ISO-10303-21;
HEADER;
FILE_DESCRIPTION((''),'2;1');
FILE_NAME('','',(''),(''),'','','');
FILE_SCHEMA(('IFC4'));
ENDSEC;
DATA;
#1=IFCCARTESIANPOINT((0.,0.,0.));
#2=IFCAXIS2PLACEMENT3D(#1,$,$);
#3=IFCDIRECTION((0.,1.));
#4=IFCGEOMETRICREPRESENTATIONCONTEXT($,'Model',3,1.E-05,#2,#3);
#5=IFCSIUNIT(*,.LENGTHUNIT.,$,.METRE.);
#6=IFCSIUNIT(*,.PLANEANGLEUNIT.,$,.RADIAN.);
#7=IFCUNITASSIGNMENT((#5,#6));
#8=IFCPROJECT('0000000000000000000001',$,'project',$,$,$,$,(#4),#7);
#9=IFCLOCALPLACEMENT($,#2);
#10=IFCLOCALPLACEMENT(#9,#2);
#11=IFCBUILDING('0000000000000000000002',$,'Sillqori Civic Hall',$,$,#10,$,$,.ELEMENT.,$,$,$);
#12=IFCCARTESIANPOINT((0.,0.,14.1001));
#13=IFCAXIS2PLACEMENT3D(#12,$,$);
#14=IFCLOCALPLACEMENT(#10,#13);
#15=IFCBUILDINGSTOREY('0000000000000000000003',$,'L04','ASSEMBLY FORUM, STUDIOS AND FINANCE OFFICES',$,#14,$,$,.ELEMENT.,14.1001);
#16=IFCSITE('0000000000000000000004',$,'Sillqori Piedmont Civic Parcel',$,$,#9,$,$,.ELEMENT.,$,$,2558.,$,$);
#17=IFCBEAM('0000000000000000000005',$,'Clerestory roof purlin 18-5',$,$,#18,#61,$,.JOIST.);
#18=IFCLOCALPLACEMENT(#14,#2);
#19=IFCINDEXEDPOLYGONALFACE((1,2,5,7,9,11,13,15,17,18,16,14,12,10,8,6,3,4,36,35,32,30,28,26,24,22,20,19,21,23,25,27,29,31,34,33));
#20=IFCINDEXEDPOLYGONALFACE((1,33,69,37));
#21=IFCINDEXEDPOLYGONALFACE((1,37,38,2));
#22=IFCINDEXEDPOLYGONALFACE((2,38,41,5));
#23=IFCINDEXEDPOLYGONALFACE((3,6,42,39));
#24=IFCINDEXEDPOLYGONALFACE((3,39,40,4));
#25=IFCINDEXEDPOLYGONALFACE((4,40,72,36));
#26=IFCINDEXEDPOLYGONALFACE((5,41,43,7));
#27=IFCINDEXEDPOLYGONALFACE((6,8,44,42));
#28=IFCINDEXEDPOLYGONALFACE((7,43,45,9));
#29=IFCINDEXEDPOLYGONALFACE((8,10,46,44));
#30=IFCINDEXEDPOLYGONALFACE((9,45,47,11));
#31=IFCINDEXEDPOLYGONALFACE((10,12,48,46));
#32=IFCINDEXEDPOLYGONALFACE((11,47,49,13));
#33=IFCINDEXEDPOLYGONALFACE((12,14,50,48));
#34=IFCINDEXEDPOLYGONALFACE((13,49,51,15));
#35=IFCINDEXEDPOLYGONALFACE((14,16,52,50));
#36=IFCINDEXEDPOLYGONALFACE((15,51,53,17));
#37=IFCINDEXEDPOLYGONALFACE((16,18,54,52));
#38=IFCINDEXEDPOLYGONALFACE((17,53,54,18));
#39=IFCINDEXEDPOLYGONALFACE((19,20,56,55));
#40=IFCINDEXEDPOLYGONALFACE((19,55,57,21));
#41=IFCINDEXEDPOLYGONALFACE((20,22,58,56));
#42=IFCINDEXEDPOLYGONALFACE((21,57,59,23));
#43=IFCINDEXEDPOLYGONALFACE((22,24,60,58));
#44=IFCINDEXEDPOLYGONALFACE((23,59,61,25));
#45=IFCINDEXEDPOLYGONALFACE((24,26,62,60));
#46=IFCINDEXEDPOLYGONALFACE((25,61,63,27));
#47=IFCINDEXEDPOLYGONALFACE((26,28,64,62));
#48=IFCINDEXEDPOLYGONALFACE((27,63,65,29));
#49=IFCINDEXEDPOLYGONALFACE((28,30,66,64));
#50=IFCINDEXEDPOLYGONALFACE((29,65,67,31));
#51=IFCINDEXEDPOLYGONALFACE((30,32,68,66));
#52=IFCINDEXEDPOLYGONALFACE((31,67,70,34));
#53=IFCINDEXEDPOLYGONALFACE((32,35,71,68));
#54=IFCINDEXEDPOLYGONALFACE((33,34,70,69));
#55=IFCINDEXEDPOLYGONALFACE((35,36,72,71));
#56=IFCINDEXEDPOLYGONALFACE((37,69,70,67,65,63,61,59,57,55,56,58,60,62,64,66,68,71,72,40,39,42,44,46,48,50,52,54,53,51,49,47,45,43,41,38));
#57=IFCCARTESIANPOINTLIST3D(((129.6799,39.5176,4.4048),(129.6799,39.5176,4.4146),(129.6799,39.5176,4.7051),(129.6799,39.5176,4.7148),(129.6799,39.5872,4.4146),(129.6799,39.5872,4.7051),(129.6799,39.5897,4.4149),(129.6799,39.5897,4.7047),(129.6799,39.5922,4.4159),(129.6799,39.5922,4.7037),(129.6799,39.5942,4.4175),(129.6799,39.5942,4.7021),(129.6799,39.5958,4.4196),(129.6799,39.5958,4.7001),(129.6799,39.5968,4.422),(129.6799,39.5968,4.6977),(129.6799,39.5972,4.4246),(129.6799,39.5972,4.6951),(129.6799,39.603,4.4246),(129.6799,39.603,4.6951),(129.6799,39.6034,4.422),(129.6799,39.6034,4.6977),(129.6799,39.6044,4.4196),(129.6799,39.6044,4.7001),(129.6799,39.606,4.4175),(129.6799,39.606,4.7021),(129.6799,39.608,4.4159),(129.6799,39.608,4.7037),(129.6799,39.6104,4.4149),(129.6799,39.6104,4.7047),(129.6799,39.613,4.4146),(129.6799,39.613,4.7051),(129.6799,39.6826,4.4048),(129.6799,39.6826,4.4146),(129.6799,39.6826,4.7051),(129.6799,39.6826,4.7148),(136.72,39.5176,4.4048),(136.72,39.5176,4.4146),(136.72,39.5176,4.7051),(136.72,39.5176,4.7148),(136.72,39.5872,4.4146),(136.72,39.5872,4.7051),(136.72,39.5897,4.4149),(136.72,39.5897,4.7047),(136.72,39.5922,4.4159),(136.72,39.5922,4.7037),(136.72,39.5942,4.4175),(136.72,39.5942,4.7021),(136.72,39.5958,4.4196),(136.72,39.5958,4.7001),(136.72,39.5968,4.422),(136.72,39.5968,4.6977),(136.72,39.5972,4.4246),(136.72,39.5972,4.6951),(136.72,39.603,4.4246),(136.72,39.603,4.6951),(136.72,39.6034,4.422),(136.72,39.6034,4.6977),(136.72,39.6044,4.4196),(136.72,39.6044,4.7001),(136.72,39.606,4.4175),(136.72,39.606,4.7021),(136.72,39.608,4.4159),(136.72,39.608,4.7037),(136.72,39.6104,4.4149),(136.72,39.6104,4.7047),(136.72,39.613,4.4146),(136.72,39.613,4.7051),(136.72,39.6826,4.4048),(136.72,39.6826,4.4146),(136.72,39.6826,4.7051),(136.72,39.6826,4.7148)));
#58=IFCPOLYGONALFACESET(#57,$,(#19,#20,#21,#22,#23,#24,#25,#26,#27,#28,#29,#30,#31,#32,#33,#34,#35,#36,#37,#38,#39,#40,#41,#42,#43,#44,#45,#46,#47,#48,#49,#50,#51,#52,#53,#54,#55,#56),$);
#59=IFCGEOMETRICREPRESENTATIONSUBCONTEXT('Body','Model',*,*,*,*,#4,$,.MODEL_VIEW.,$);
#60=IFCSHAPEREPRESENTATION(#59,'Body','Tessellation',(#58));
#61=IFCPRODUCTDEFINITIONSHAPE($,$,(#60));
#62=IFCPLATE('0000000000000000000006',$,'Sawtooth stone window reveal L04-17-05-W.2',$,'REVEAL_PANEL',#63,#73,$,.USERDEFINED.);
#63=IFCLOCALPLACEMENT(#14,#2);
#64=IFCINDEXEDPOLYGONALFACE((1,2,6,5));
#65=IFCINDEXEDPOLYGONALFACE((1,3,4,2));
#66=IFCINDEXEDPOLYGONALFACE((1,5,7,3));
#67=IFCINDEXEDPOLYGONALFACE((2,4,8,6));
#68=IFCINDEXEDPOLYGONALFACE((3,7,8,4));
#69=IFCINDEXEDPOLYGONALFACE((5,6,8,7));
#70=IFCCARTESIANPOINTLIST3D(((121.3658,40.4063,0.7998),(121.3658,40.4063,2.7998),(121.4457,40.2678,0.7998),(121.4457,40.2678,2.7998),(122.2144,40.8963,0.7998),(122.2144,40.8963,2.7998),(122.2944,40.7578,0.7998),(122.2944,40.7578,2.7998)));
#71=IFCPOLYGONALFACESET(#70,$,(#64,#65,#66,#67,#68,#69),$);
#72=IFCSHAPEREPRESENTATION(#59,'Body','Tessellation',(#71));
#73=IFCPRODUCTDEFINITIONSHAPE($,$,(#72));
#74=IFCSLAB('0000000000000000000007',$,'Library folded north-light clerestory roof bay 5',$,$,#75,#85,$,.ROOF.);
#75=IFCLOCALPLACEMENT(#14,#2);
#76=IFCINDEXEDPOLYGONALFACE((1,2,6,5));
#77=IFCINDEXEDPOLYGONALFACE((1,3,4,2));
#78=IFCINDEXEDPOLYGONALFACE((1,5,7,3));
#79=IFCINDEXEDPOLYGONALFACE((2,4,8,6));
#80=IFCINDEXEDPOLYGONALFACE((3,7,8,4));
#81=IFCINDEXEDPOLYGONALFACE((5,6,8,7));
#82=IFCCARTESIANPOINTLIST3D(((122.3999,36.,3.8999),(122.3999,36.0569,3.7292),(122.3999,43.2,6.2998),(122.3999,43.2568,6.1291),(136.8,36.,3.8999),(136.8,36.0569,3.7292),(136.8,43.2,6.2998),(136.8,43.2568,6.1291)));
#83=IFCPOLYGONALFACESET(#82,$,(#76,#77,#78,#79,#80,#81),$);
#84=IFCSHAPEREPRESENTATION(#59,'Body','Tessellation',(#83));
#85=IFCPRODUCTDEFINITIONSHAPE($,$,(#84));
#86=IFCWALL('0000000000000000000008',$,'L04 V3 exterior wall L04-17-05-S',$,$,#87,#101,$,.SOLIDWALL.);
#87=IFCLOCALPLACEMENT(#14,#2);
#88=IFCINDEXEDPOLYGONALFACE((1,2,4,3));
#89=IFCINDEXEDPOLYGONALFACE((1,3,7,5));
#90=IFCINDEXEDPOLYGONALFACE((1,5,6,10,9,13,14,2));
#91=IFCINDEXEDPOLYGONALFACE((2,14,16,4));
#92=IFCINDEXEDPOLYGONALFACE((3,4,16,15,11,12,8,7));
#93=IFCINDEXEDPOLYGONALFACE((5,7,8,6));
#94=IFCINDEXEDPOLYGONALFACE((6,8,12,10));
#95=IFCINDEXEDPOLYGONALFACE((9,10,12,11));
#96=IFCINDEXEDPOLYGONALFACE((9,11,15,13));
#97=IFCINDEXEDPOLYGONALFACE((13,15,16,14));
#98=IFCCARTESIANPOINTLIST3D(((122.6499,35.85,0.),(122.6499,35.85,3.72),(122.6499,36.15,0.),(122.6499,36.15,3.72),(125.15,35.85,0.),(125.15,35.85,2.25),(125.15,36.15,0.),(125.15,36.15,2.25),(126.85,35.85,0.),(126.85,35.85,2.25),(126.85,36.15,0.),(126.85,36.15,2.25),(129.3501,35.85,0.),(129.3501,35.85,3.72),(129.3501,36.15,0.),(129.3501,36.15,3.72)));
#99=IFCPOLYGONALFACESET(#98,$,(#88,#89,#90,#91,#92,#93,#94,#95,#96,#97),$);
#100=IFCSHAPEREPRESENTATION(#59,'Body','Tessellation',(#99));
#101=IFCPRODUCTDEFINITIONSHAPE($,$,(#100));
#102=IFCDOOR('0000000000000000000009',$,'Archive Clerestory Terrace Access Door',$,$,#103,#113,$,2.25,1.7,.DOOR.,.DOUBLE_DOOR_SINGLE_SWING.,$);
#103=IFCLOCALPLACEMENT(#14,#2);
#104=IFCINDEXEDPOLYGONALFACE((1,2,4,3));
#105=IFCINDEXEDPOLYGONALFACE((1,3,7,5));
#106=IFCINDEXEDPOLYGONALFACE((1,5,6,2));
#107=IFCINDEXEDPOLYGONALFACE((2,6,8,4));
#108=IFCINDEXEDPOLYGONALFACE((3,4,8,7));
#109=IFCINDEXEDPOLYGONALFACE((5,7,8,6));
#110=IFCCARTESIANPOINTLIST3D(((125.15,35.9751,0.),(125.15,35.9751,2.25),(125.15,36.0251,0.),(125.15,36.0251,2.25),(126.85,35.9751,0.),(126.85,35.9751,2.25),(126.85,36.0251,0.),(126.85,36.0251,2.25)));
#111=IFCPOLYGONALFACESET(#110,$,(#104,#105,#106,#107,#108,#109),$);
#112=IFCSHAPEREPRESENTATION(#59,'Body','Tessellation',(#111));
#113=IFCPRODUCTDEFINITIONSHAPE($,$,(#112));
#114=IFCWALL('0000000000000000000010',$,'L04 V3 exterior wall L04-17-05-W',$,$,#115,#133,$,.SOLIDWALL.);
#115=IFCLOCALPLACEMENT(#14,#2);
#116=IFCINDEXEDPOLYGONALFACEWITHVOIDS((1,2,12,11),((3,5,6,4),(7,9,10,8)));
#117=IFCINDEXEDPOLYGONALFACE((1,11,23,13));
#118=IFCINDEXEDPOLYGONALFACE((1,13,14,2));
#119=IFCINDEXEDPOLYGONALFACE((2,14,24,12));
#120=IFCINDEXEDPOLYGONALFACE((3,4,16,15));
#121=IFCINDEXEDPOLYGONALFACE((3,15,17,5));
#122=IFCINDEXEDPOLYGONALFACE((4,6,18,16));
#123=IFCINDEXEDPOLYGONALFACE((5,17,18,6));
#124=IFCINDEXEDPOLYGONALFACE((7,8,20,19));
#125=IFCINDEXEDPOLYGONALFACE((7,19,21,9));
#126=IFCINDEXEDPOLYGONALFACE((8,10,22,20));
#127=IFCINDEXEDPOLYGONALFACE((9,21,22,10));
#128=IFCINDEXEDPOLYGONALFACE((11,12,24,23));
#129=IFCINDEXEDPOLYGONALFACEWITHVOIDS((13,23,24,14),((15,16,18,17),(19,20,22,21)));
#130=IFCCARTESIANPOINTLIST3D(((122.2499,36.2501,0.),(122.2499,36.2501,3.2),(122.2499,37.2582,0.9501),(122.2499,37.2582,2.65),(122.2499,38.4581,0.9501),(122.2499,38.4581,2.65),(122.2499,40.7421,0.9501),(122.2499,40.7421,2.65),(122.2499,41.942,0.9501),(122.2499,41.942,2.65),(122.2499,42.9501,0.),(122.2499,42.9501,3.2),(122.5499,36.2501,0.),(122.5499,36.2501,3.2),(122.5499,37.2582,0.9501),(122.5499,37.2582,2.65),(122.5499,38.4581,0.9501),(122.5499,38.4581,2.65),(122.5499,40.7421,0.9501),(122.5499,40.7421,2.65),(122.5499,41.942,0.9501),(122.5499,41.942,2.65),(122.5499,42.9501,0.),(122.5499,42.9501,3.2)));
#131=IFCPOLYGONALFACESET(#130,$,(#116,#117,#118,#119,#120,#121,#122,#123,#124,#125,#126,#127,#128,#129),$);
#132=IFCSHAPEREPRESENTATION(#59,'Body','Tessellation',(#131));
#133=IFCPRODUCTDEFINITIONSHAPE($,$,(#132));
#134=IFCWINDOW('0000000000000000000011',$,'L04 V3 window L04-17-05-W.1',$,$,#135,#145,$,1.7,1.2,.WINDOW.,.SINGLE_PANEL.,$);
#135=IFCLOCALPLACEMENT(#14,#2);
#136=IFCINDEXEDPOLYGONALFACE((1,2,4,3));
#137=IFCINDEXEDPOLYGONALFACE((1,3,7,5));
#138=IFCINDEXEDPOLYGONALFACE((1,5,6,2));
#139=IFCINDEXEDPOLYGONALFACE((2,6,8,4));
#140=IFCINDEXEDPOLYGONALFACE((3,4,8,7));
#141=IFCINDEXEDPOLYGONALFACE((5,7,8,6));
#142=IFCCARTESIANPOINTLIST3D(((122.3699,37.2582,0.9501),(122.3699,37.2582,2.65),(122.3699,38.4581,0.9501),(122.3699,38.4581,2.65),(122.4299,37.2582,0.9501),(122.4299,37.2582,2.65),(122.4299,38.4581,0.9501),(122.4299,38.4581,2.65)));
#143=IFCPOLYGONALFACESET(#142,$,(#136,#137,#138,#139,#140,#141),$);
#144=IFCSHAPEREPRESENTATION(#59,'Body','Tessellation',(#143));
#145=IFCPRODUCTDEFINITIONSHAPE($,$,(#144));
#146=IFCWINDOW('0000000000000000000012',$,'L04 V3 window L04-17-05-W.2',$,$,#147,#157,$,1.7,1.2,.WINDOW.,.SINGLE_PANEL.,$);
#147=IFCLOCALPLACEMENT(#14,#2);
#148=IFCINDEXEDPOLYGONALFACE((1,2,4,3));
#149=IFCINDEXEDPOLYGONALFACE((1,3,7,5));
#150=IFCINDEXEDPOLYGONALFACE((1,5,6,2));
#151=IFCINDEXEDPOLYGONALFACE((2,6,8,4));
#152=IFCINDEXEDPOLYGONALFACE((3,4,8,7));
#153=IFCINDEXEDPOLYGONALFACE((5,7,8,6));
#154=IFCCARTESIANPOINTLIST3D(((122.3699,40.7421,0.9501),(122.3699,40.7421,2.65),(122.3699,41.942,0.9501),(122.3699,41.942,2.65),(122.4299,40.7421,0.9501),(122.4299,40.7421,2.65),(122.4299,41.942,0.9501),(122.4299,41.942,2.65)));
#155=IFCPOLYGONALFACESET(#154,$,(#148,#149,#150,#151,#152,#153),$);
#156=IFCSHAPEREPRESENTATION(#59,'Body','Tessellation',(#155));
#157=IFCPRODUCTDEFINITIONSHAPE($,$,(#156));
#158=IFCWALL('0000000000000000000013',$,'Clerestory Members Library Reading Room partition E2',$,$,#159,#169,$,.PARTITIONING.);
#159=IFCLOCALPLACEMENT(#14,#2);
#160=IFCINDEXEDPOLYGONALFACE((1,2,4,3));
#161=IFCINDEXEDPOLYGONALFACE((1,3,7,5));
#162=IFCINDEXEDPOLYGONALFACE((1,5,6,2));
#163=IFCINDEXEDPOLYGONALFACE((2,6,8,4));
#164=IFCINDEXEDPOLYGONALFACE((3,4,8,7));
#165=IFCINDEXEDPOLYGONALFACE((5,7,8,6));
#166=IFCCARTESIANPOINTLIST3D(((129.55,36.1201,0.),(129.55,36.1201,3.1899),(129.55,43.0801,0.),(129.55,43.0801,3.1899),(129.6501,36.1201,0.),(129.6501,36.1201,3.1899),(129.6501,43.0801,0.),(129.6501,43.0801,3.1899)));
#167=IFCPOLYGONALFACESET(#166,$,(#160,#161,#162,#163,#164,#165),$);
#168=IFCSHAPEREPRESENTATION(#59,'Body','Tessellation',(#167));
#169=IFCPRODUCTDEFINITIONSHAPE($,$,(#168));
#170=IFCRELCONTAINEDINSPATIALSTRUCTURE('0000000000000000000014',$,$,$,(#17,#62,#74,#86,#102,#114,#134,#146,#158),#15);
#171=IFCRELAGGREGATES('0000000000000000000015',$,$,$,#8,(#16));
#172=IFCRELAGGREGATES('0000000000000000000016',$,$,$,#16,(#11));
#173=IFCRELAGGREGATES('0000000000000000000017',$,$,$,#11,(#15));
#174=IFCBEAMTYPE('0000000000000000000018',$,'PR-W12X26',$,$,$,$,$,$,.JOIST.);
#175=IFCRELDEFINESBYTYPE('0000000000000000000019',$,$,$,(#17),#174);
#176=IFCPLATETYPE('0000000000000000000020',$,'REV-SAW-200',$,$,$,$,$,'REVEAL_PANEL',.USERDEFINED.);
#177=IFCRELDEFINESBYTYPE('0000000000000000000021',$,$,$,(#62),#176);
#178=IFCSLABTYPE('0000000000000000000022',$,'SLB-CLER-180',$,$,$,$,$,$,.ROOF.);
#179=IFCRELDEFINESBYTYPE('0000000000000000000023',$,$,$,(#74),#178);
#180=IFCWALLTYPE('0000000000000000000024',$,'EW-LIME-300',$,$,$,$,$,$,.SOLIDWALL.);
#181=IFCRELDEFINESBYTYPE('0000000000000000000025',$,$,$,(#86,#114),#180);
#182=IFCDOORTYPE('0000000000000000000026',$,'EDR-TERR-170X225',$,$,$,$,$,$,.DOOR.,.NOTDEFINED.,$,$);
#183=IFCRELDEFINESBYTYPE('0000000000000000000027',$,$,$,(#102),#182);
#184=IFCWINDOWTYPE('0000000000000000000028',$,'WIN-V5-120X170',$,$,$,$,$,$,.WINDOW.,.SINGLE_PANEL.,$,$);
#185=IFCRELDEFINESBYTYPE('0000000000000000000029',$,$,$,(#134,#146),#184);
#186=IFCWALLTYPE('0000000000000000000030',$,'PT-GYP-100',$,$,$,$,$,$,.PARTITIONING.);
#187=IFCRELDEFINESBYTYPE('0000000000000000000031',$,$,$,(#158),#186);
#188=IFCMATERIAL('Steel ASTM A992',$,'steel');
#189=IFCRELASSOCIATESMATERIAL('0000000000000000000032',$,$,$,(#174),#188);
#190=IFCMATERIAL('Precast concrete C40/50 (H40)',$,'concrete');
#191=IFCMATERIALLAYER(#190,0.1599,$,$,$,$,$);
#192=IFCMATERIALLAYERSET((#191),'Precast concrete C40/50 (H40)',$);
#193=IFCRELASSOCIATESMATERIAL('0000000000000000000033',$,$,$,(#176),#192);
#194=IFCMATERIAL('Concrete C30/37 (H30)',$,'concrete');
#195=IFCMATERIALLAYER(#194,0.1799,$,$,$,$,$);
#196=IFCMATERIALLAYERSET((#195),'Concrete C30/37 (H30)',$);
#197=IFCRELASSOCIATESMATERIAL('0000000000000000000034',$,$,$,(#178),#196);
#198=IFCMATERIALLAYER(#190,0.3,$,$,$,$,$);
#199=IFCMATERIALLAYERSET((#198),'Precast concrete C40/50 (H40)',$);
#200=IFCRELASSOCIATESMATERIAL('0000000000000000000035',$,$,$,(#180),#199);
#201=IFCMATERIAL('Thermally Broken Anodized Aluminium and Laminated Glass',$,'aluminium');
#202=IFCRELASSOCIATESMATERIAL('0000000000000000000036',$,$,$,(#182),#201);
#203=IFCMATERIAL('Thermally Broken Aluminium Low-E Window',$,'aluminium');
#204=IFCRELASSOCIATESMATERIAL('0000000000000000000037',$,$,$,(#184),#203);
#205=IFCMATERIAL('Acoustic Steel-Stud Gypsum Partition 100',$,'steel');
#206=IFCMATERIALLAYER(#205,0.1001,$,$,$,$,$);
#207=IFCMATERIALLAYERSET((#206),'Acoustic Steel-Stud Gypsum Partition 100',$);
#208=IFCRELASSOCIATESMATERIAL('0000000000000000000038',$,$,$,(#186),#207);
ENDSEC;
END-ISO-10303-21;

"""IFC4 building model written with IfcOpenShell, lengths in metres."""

from ifc_helpers import new_model, si_unit, direction, frame, frame_2d, origin, origin_2d, place, context, subcontext, project, spatial, polyline, rectangle, i_section, outline, extrude, material, layer, layer_set, material_profile, profile_set, type_object, element, fill, save


model = new_model("IFC4")

# Units and contexts
model_context = context("Model", 3, precision=1e-05, world=origin(), true_north=direction((0.0, 1.0)))
body_context = subcontext(model_context, "Body", "Model", "MODEL_VIEW")
ifc_project = project(units=[si_unit("LENGTHUNIT", "METRE"), si_unit("PLANEANGLEUNIT", "RADIAN")], contexts=[model_context])

# Site, building, storey
site_placement = place(None, origin())
site = spatial("IfcSite", under=ifc_project, at=site_placement, Name="Sillqori Piedmont Civic Parcel", CompositionType="ELEMENT", RefElevation=2558.0)
building_placement = place(site_placement, origin())
building = spatial("IfcBuilding", under=site, at=building_placement, Name="Sillqori Civic Hall", CompositionType="ELEMENT")
storey_placement = place(building_placement, frame((0.0, 0.0, 14.1001)))
storey = spatial("IfcBuildingStorey", under=building, at=storey_placement, Name="L04", Description="ASSEMBLY FORUM, STUDIOS AND FINANCE OFFICES", CompositionType="ELEMENT", Elevation=14.1001)

# Beam
ifc_material_1 = material(Name="Steel ASTM A992", Category="steel")
ifc_material_profile_1 = material_profile(ifc_material_1, i_section(OverallWidth=0.165, OverallDepth=0.3101, WebThickness=0.0059, FlangeThickness=0.0098, FilletRadius=0.01, at=origin_2d()), Name="W12X26")
ifc_profile_set_1 = profile_set([ifc_material_profile_1], Name="Steel ASTM A992")
beam_type_1 = type_object("IfcBeamType", Name="PR-W12X26", PredefinedType="JOIST", material=ifc_profile_set_1)
for number, where, z_axis, x_axis, name in (
    (1, (129.6799, 39.6001, 4.5598), (1.0, 0.0, 0.0), (0.0, 1.0, 0.0), "Clerestory roof purlin 18-5"),
):
    element("IfcBeam", number, at=place(storey_placement, frame(where, z_axis=z_axis, x_axis=x_axis)), inside=storey, type_object=beam_type_1, Name=name, PredefinedType="JOIST", context=body_context, shape_type="SweptSolid", body=[
        extrude(i_section(OverallWidth=0.165, OverallDepth=0.3101, WebThickness=0.0059, FlangeThickness=0.0098, FilletRadius=0.01, at=origin_2d()), origin(), (0.0, 0.0, 1.0), 7.04),
    ])

# Plate
ifc_material_2 = material(Name="Precast concrete C40/50 (H40)", Category="concrete")
ifc_layer_1 = layer(ifc_material_2, 0.1599)
ifc_layer_set_1 = layer_set([ifc_layer_1], Name="Precast concrete C40/50 (H40)")
plate_type = type_object("IfcPlateType", Name="REV-SAW-200", ElementType="REVEAL_PANEL", PredefinedType="USERDEFINED", material=ifc_layer_set_1)
plate_placement = place(storey_placement, frame((121.8301, 40.582, 0.7998), z_axis=(0.0, 0.0, 1.0), x_axis=(-0.5, 0.866025, 0.0)))
element("IfcPlate", 2, at=plate_placement, inside=storey, type_object=plate_type, Name="Sawtooth stone window reveal L04-17-05-W.2", ObjectType="REVEAL_PANEL", PredefinedType="USERDEFINED", context=body_context, shape_type="SweptSolid", body=[
    extrude(rectangle(XDim=0.1599, YDim=0.98, at=origin_2d()), origin(), (0.0, 0.0, 1.0), 2.0),
])

# Slab
ifc_material_3 = material(Name="Concrete C30/37 (H30)", Category="concrete")
ifc_layer_2 = layer(ifc_material_3, 0.1799)
ifc_layer_set_2 = layer_set([ifc_layer_2], Name="Concrete C30/37 (H30)")
slab_type = type_object("IfcSlabType", Name="SLB-CLER-180", PredefinedType="ROOF", material=ifc_layer_set_2)
slab_placement = place(storey_placement, frame((122.3999, 36.0, 3.8999), z_axis=(0.0, -0.316218, 0.948687), x_axis=(1.0, 0.0, 0.0)))
element("IfcSlab", 3, at=slab_placement, inside=storey, type_object=slab_type, Name="Library folded north-light clerestory roof bay 5", PredefinedType="ROOF", context=body_context, shape_type="SweptSolid", body=[
    extrude(outline(polyline([(0.0, 0.0), (14.4001, 0.0), (14.4001, 7.5894), (0.0, 7.5894), (0.0, 0.0)])), origin(), (0.0, 0.0, -1.0), 0.1799),
])

# Wall, opening, door
ifc_layer_3 = layer(ifc_material_2, 0.3)
ifc_layer_set_3 = layer_set([ifc_layer_3], Name="Precast concrete C40/50 (H40)")
wall_type_1 = type_object("IfcWallType", Name="EW-LIME-300", PredefinedType="SOLIDWALL", material=ifc_layer_set_3)
wall_1_placement = place(storey_placement, frame((129.3501, 36.0, 0.0), z_axis=(0.0, 0.0, 1.0), x_axis=(-1.0, 0.0, 0.0)))
wall_1 = element("IfcWall", 4, at=wall_1_placement, inside=storey, type_object=wall_type_1, Name="L04 V3 exterior wall L04-17-05-S", PredefinedType="SOLIDWALL", context=body_context, shape_type="SweptSolid", body=[
    extrude(rectangle(XDim=6.7002, YDim=0.3, at=frame_2d((3.3501, 0.0))), origin(), (0.0, 0.0, 1.0), 3.72),
])
opening_1_placement = place(wall_1_placement, frame((2.5, 0.0, 0.0)))
opening_1 = element("IfcOpeningElement", 5, at=opening_1_placement, cuts=wall_1, PredefinedType="OPENING", context=body_context, shape_type="SweptSolid", body=[
    extrude(rectangle(XDim=1.7, YDim=2.25, at=frame_2d((0.8501, 1.125))), frame((0.0, 0.1599, 0.0), z_axis=(0.0, -1.0, 0.0), x_axis=(1.0, 0.0, 0.0)), (0.0, 0.0, 1.0), 0.3201),
])
ifc_material_4 = material(Name="Thermally Broken Anodized Aluminium and Laminated Glass", Category="aluminium")
door_type = type_object("IfcDoorType", Name="EDR-TERR-170X225", OperationType="NOTDEFINED", PredefinedType="DOOR", material=ifc_material_4)
door_placement = place(opening_1_placement, origin())
door = element("IfcDoor", 6, at=door_placement, inside=storey, type_object=door_type, Name="Archive Clerestory Terrace Access Door", OperationType="DOUBLE_DOOR_SINGLE_SWING", OverallHeight=2.25, OverallWidth=1.7, PredefinedType="DOOR", context=body_context, shape_type="SweptSolid", body=[
    extrude(rectangle(XDim=1.7, YDim=2.25, at=frame_2d((0.8501, 1.125))), frame((0.0, 0.0249, 0.0), z_axis=(0.0, -1.0, 0.0), x_axis=(1.0, 0.0, 0.0)), (0.0, 0.0, 1.0), 0.05),
])
fill(opening_1, door)

# Wall, openings, windows
wall_2_placement = place(storey_placement, frame((122.3999, 36.25, 0.0), z_axis=(0.0, 0.0, 1.0), x_axis=(0.0, 1.0, 0.0)))
wall_2 = element("IfcWall", 7, at=wall_2_placement, inside=storey, type_object=wall_type_1, Name="L04 V3 exterior wall L04-17-05-W", PredefinedType="SOLIDWALL", context=body_context, shape_type="SweptSolid", body=[
    extrude(rectangle(XDim=6.7, YDim=0.3, at=frame_2d((3.3501, 0.0))), origin(), (0.0, 0.0, 1.0), 3.2),
])
opening_2_placement = place(wall_2_placement, frame((1.0081, 0.0, 0.95)))
opening_2 = element("IfcOpeningElement", 8, at=opening_2_placement, cuts=wall_2, PredefinedType="OPENING", context=body_context, shape_type="SweptSolid", body=[
    extrude(rectangle(XDim=1.2, YDim=1.7, at=frame_2d((0.6001, 0.8501))), frame((0.0, 0.1599, 0.0), z_axis=(0.0, -1.0, 0.0), x_axis=(1.0, 0.0, 0.0)), (0.0, 0.0, 1.0), 0.3201),
])
opening_3_placement = place(wall_2_placement, frame((4.4919, 0.0, 0.95)))
opening_3 = element("IfcOpeningElement", 9, at=opening_3_placement, cuts=wall_2, PredefinedType="OPENING", context=body_context, shape_type="SweptSolid", body=[
    extrude(rectangle(XDim=1.2, YDim=1.7, at=frame_2d((0.6001, 0.8501))), frame((0.0, 0.1599, 0.0), z_axis=(0.0, -1.0, 0.0), x_axis=(1.0, 0.0, 0.0)), (0.0, 0.0, 1.0), 0.3201),
])
ifc_material_5 = material(Name="Thermally Broken Aluminium Low-E Window", Category="aluminium")
window_type = type_object("IfcWindowType", Name="WIN-V5-120X170", PartitioningType="SINGLE_PANEL", PredefinedType="WINDOW", material=ifc_material_5)
window_1_placement = place(opening_2_placement, origin())
window_1 = element("IfcWindow", 10, at=window_1_placement, inside=storey, type_object=window_type, Name="L04 V3 window L04-17-05-W.1", OverallHeight=1.7, OverallWidth=1.2, PartitioningType="SINGLE_PANEL", PredefinedType="WINDOW", context=body_context, shape_type="SweptSolid", body=[
    extrude(rectangle(XDim=1.2, YDim=1.7, at=frame_2d((0.6001, 0.8501))), frame((0.0, 0.03, 0.0), z_axis=(0.0, -1.0, 0.0), x_axis=(1.0, 0.0, 0.0)), (0.0, 0.0, 1.0), 0.0601),
])
fill(opening_2, window_1)
window_2_placement = place(opening_3_placement, origin())
window_2 = element("IfcWindow", 11, at=window_2_placement, inside=storey, type_object=window_type, Name="L04 V3 window L04-17-05-W.2", OverallHeight=1.7, OverallWidth=1.2, PartitioningType="SINGLE_PANEL", PredefinedType="WINDOW", context=body_context, shape_type="SweptSolid", body=[
    extrude(rectangle(XDim=1.2, YDim=1.7, at=frame_2d((0.6001, 0.8501))), frame((0.0, 0.03, 0.0), z_axis=(0.0, -1.0, 0.0), x_axis=(1.0, 0.0, 0.0)), (0.0, 0.0, 1.0), 0.0601),
])
fill(opening_3, window_2)

# Wall
ifc_material_6 = material(Name="Acoustic Steel-Stud Gypsum Partition 100", Category="steel")
ifc_layer_4 = layer(ifc_material_6, 0.1001)
ifc_layer_set_4 = layer_set([ifc_layer_4], Name="Acoustic Steel-Stud Gypsum Partition 100")
wall_type_2 = type_object("IfcWallType", Name="PT-GYP-100", PredefinedType="PARTITIONING", material=ifc_layer_set_4)
wall_3_placement = place(storey_placement, frame((129.6001, 43.0801, 0.0), z_axis=(0.0, 0.0, 1.0), x_axis=(0.0, -1.0, 0.0)))
element("IfcWall", 12, at=wall_3_placement, inside=storey, type_object=wall_type_2, Name="Clerestory Members Library Reading Room partition E2", PredefinedType="PARTITIONING", context=body_context, shape_type="SweptSolid", body=[
    extrude(rectangle(XDim=6.96, YDim=0.1001, at=frame_2d((3.48, 0.0))), origin(), (0.0, 0.0, 1.0), 3.1899),
])

save(model, "model.ifc")
